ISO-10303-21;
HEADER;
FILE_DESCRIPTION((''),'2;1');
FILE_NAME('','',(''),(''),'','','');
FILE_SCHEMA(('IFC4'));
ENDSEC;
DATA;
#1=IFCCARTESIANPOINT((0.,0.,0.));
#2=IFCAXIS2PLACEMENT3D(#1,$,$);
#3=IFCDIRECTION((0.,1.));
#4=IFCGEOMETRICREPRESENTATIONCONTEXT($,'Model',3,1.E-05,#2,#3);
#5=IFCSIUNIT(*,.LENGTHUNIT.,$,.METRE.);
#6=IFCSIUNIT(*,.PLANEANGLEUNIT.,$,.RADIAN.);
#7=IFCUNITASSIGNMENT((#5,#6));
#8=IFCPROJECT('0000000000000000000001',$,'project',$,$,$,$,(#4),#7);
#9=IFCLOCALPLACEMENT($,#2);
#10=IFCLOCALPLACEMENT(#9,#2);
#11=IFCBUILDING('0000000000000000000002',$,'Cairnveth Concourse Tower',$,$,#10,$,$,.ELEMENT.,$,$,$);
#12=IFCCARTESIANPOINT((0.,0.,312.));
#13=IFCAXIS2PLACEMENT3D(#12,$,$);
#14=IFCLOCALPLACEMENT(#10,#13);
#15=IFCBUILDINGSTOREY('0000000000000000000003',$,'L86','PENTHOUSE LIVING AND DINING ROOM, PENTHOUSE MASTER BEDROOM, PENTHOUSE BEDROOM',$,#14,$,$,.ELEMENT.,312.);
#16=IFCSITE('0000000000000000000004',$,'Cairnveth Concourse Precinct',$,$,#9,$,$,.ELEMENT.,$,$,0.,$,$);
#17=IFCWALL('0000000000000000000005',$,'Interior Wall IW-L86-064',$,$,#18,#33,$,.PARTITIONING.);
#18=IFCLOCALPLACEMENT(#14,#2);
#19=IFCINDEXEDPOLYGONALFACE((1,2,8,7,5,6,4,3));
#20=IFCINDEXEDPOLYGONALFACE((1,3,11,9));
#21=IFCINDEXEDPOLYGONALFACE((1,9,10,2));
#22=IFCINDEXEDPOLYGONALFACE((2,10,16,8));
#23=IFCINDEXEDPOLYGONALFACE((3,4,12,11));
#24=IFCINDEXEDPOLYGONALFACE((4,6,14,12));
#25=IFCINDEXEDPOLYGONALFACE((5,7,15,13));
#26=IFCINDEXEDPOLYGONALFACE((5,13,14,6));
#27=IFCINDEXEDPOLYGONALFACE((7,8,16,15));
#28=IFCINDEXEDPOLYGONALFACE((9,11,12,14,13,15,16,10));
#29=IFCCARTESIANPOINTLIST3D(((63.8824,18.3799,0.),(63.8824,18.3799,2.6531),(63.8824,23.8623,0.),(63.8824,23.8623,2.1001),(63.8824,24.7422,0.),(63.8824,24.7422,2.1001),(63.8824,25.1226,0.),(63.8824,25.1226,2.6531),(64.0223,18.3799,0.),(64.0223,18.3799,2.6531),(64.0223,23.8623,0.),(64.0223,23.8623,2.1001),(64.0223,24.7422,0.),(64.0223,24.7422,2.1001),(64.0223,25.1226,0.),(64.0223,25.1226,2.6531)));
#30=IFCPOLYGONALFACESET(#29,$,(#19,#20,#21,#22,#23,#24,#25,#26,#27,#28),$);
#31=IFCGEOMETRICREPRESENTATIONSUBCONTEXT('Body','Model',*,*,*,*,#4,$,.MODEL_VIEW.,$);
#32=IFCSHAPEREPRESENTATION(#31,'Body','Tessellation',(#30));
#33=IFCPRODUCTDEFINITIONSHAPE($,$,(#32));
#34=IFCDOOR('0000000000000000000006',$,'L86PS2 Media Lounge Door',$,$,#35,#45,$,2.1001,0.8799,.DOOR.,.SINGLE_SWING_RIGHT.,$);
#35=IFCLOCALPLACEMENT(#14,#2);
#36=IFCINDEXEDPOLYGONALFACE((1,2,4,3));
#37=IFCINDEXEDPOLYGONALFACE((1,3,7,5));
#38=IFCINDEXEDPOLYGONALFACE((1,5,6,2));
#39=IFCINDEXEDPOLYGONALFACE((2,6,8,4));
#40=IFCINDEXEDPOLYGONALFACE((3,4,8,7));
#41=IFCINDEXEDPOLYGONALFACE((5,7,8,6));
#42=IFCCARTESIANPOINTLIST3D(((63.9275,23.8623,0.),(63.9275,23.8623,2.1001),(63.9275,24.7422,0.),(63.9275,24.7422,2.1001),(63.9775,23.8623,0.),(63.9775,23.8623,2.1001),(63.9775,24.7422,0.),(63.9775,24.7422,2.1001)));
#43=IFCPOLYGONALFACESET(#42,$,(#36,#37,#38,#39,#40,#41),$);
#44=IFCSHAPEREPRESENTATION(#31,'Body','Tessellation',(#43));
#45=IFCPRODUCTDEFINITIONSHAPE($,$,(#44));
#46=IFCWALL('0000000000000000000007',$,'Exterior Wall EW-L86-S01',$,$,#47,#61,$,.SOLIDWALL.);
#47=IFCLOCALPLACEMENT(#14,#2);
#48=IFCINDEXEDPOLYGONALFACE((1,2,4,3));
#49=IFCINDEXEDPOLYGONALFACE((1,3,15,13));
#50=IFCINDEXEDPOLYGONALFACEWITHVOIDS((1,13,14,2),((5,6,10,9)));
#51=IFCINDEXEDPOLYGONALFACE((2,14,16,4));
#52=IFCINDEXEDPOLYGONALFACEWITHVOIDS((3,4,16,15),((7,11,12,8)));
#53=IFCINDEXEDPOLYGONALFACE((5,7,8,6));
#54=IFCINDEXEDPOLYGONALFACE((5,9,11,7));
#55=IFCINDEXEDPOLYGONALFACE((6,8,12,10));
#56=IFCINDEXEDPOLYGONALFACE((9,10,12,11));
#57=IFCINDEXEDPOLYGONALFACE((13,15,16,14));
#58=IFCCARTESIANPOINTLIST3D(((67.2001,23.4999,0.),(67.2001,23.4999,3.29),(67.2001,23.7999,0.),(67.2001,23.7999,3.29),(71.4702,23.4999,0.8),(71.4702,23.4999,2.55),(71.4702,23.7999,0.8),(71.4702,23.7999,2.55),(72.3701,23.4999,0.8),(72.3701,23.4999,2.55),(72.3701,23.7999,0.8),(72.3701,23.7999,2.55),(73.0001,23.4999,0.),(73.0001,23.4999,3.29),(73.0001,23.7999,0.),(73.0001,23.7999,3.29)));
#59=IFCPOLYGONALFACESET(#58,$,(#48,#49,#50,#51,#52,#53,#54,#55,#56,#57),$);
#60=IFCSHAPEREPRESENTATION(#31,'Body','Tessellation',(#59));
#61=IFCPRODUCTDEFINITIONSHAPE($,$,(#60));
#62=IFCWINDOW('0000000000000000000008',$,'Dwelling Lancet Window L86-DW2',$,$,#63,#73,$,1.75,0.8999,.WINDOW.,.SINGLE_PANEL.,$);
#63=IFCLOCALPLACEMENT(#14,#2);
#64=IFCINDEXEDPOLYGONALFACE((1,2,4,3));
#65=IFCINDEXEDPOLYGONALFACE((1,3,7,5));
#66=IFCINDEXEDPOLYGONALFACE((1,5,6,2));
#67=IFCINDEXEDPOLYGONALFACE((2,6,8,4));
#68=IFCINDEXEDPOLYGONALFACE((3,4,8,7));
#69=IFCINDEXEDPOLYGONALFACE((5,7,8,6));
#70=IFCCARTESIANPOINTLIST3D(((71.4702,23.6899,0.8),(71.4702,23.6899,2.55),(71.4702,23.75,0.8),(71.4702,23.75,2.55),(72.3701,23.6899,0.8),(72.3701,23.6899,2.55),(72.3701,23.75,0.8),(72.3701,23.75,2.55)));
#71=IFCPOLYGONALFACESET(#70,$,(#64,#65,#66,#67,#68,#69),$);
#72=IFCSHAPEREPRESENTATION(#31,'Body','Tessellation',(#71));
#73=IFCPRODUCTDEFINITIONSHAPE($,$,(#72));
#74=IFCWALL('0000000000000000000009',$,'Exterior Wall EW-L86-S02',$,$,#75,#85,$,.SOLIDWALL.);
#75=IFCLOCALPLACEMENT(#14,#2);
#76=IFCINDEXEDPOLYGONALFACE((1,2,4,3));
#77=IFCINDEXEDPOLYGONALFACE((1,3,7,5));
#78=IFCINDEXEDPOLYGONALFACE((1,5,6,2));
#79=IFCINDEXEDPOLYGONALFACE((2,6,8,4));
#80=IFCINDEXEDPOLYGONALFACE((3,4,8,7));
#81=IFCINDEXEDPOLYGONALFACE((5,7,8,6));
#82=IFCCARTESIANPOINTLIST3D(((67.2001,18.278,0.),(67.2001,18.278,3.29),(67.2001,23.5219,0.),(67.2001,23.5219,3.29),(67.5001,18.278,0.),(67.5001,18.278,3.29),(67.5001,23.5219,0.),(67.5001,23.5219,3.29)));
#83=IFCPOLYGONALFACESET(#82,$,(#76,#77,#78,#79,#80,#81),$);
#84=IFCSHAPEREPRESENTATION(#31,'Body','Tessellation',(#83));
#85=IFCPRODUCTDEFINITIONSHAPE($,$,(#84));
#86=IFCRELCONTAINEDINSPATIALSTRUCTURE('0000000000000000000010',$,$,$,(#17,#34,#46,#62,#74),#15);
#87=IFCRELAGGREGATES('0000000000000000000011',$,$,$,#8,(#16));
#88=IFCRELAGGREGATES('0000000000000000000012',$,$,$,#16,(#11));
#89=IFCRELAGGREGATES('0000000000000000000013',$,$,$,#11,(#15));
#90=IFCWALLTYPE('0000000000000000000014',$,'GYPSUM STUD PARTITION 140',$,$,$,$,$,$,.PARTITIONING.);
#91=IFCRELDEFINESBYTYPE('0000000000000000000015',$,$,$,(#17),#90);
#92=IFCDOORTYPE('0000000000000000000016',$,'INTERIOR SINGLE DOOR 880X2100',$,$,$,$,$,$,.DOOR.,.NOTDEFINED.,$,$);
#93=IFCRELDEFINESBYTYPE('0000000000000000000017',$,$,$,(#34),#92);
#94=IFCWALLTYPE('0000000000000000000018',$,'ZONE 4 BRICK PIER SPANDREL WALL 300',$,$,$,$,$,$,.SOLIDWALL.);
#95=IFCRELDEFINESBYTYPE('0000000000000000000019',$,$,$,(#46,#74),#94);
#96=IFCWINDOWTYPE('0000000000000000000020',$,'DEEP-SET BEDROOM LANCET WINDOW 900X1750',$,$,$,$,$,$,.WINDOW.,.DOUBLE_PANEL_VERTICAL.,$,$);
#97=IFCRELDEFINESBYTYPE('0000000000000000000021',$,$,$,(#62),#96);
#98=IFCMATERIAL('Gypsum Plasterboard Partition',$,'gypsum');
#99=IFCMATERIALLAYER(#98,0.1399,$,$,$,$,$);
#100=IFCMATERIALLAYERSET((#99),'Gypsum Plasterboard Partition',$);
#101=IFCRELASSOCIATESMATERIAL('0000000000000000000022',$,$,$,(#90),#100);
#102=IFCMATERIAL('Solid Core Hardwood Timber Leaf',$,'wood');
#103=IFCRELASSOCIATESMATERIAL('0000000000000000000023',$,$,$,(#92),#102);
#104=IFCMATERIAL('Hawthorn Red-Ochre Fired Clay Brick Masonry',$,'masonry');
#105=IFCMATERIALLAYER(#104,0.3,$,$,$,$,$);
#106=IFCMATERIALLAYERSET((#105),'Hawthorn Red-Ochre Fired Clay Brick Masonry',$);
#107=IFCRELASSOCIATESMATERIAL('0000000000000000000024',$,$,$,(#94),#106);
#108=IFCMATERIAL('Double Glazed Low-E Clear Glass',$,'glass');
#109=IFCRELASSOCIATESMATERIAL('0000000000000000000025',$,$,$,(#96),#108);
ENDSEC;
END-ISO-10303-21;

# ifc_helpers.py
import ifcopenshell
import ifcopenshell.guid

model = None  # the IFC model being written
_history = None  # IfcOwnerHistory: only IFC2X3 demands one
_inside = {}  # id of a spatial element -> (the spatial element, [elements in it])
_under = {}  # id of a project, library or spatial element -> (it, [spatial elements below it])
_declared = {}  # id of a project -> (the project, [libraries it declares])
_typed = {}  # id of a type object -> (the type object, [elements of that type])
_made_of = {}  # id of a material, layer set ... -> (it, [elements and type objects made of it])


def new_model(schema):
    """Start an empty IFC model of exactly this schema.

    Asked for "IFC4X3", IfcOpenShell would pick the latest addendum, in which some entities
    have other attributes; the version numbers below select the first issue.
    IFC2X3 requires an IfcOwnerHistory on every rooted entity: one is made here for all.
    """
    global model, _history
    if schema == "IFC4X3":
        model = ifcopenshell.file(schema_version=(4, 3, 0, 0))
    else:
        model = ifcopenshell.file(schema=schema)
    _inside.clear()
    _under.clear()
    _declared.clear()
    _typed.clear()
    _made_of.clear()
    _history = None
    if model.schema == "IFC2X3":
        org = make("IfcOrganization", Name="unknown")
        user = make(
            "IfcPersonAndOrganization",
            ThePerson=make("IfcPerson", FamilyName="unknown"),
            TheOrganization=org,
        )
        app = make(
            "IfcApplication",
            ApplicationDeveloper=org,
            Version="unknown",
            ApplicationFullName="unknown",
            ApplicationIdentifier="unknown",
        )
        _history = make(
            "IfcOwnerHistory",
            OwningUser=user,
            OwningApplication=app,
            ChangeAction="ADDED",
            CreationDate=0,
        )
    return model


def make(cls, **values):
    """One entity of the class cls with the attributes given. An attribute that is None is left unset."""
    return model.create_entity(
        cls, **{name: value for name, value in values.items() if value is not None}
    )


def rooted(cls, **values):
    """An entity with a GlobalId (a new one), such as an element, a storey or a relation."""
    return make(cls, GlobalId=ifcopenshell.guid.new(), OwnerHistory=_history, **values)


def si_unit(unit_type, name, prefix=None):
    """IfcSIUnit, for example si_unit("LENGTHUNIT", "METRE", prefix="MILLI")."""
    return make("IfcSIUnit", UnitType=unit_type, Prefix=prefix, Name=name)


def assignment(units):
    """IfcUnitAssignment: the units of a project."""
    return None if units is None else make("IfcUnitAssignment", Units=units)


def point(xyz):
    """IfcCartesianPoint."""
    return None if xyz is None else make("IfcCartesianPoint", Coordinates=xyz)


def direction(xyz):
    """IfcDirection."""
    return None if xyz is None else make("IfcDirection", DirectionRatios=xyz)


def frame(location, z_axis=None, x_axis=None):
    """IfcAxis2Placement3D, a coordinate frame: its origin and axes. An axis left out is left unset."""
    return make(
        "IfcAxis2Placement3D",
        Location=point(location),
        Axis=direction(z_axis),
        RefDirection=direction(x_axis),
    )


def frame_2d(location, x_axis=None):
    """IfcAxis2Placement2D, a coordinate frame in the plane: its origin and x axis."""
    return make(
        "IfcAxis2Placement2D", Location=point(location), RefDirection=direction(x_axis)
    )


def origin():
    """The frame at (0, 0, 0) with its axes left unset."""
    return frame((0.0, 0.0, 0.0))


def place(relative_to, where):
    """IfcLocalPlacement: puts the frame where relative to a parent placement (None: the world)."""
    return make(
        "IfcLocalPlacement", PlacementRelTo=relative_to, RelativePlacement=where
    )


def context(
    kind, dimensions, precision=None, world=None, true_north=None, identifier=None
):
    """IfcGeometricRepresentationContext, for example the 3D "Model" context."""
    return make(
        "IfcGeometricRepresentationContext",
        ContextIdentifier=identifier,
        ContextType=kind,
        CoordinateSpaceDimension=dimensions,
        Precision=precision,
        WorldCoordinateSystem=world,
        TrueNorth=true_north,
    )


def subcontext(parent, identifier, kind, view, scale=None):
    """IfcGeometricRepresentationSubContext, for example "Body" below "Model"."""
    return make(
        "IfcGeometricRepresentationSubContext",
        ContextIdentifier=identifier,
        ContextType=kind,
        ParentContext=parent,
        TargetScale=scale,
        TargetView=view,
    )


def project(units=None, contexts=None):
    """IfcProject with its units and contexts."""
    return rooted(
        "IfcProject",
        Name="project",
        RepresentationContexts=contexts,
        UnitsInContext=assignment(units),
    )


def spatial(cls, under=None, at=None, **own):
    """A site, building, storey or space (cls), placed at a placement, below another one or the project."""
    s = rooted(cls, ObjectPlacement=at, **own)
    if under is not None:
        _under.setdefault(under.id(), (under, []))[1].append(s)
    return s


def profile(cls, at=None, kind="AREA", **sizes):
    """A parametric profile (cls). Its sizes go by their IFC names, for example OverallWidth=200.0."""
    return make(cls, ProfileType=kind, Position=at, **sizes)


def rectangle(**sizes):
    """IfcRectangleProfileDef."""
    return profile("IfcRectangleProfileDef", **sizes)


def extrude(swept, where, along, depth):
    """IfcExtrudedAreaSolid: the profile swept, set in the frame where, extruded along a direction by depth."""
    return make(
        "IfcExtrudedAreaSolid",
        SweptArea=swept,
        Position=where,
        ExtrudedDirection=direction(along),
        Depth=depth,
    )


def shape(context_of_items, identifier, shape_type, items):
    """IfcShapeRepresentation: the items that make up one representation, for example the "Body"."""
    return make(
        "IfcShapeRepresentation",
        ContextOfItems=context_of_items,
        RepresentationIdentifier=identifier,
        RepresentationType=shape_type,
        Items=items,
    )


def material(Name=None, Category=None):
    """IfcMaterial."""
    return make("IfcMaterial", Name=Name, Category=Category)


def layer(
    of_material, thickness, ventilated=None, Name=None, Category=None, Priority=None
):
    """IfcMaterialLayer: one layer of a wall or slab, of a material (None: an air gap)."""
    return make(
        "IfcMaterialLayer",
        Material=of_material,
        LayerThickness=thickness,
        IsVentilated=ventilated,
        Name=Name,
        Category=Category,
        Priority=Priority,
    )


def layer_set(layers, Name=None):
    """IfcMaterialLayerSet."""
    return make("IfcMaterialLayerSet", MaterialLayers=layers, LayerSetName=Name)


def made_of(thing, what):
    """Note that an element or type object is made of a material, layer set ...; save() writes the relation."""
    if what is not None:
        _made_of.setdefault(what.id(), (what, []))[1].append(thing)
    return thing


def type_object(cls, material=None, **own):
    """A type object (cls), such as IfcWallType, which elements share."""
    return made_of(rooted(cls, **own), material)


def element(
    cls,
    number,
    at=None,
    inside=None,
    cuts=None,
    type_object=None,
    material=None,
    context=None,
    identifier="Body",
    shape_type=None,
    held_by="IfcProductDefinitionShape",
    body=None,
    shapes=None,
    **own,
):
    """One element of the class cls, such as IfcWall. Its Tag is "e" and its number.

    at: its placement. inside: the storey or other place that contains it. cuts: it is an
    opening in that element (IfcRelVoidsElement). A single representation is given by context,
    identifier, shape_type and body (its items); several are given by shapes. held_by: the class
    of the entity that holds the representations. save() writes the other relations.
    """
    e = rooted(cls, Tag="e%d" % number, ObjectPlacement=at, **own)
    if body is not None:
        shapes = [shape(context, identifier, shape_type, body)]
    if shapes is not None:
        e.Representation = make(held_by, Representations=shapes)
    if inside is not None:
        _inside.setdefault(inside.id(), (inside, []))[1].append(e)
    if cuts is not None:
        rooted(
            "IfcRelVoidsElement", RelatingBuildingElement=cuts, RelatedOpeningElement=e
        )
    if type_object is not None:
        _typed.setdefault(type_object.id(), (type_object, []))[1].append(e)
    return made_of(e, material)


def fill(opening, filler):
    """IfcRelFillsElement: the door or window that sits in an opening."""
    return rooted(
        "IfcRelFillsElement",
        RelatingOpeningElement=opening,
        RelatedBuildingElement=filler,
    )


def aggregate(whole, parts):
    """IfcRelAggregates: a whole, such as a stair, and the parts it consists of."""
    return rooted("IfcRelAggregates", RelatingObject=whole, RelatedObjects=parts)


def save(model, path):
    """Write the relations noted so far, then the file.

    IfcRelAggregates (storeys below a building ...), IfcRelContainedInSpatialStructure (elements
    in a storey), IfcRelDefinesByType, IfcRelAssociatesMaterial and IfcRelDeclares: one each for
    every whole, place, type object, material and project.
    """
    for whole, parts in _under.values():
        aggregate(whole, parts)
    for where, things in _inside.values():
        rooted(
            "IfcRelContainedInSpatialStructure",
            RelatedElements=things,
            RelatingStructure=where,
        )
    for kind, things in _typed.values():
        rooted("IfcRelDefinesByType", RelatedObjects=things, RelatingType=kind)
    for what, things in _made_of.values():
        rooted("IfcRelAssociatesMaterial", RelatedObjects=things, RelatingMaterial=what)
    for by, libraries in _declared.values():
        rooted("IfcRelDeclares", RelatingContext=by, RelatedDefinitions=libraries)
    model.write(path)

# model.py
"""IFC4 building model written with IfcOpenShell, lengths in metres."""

from ifc_helpers import new_model, si_unit, direction, frame, frame_2d, origin, place, context, subcontext, project, spatial, rectangle, extrude, material, layer, layer_set, type_object, element, fill, save


model = new_model("IFC4")

# Units and contexts
model_context = context("Model", 3, precision=1e-05, world=origin(), true_north=direction((0.0, 1.0)))
body_context = subcontext(model_context, "Body", "Model", "MODEL_VIEW")
ifc_project = project(units=[si_unit("LENGTHUNIT", "METRE"), si_unit("PLANEANGLEUNIT", "RADIAN")], contexts=[model_context])

# Site, building, storey
site_placement = place(None, origin())
site = spatial("IfcSite", under=ifc_project, at=site_placement, Name="Cairnveth Concourse Precinct", CompositionType="ELEMENT", RefElevation=0.0)
building_placement = place(site_placement, origin())
building = spatial("IfcBuilding", under=site, at=building_placement, Name="Cairnveth Concourse Tower", CompositionType="ELEMENT")
storey_placement = place(building_placement, frame((0.0, 0.0, 312.0)))
storey = spatial("IfcBuildingStorey", under=building, at=storey_placement, Name="L86", Description="PENTHOUSE LIVING AND DINING ROOM, PENTHOUSE MASTER BEDROOM, PENTHOUSE BEDROOM", CompositionType="ELEMENT", Elevation=312.0)

# Wall, opening, door
ifc_material_1 = material(Name="Gypsum Plasterboard Partition", Category="gypsum")
ifc_layer_1 = layer(ifc_material_1, 0.1399)
ifc_layer_set_1 = layer_set([ifc_layer_1], Name="Gypsum Plasterboard Partition")
wall_type_1 = type_object("IfcWallType", Name="GYPSUM STUD PARTITION 140", PredefinedType="PARTITIONING", material=ifc_layer_set_1)
ifc_material_2 = material(Name="Solid Core Hardwood Timber Leaf", Category="wood")
door_type = type_object("IfcDoorType", Name="INTERIOR SINGLE DOOR 880X2100", OperationType="NOTDEFINED", PredefinedType="DOOR", material=ifc_material_2)
wall_1_placement = place(storey_placement, frame((63.9524, 18.3799, 0.0), z_axis=(0.0, 0.0, 1.0), x_axis=(0.0, 1.0, 0.0)))
wall_1 = element("IfcWall", 1, at=wall_1_placement, inside=storey, type_object=wall_type_1, Name="Interior Wall IW-L86-064", PredefinedType="PARTITIONING", context=body_context, shape_type="SweptSolid", body=[
    extrude(rectangle(XDim=6.7427, YDim=0.1399, at=frame_2d((3.3713, 0.0))), origin(), (0.0, 0.0, 1.0), 2.6531),
])
opening_1_placement = place(wall_1_placement, frame((5.4824, 0.0, 0.0)))
opening_1 = element("IfcOpeningElement", 2, at=opening_1_placement, cuts=wall_1, PredefinedType="OPENING", context=body_context, shape_type="SweptSolid", body=[
    extrude(rectangle(XDim=0.8799, YDim=2.1001, at=frame_2d((0.4399, 1.05))), frame((0.0, 0.0798, 0.0), z_axis=(0.0, -1.0, 0.0), x_axis=(1.0, 0.0, 0.0)), (0.0, 0.0, 1.0), 0.1599),
])
door_1_placement = place(opening_1_placement, origin())
door_1 = element("IfcDoor", 3, at=door_1_placement, inside=storey, type_object=door_type, Name="L86PS2 Media Lounge Door", OperationType="SINGLE_SWING_RIGHT", OverallHeight=2.1001, OverallWidth=0.8799, PredefinedType="DOOR", context=body_context, shape_type="SweptSolid", body=[
    extrude(rectangle(XDim=0.8799, YDim=2.1001, at=frame_2d((0.4399, 1.05))), frame((0.0, 0.0249, 0.0), z_axis=(0.0, -1.0, 0.0), x_axis=(1.0, 0.0, 0.0)), (0.0, 0.0, 1.0), 0.05),
])
fill(opening_1, door_1)

# Wall, opening, window
ifc_material_3 = material(Name="Hawthorn Red-Ochre Fired Clay Brick Masonry", Category="masonry")
ifc_layer_2 = layer(ifc_material_3, 0.3)
ifc_layer_set_2 = layer_set([ifc_layer_2], Name="Hawthorn Red-Ochre Fired Clay Brick Masonry")
wall_type_2 = type_object("IfcWallType", Name="ZONE 4 BRICK PIER SPANDREL WALL 300", PredefinedType="SOLIDWALL", material=ifc_layer_set_2)
wall_2_placement = place(storey_placement, frame((73.0, 23.6499, 0.0), z_axis=(0.0, 0.0, 1.0), x_axis=(-1.0, 0.0, 0.0)))
wall_2 = element("IfcWall", 4, at=wall_2_placement, inside=storey, type_object=wall_type_2, Name="Exterior Wall EW-L86-S01", PredefinedType="SOLIDWALL", context=body_context, shape_type="SweptSolid", body=[
    extrude(rectangle(XDim=5.8, YDim=0.3, at=frame_2d((2.8999, 0.0))), origin(), (0.0, 0.0, 1.0), 3.29),
])
opening_2_placement = place(wall_2_placement, frame((0.6299, 0.0, 0.8)))
opening_2 = element("IfcOpeningElement", 5, at=opening_2_placement, cuts=wall_2, PredefinedType="OPENING", context=body_context, shape_type="SweptSolid", body=[
    extrude(rectangle(XDim=0.8999, YDim=1.75, at=frame_2d((0.45, 0.875))), frame((0.0, 0.1599, 0.0), z_axis=(0.0, -1.0, 0.0), x_axis=(1.0, 0.0, 0.0)), (0.0, 0.0, 1.0), 0.3201),
])
ifc_material_4 = material(Name="Double Glazed Low-E Clear Glass", Category="glass")
window_type_1 = type_object("IfcWindowType", Name="DEEP-SET BEDROOM LANCET WINDOW 900X1750", PartitioningType="DOUBLE_PANEL_VERTICAL", PredefinedType="WINDOW", material=ifc_material_4)
window_1_placement = place(opening_2_placement, origin())
window_1 = element("IfcWindow", 6, at=window_1_placement, inside=storey, type_object=window_type_1, Name="Dwelling Lancet Window L86-DW2", OverallHeight=1.75, OverallWidth=0.8999, PartitioningType="SINGLE_PANEL", PredefinedType="WINDOW", context=body_context, shape_type="SweptSolid", body=[
    extrude(rectangle(XDim=0.8999, YDim=1.75, at=frame_2d((0.45, 0.875))), frame((0.0, -0.04, 0.0), z_axis=(0.0, -1.0, 0.0), x_axis=(1.0, 0.0, 0.0)), (0.0, 0.0, 1.0), 0.0601),
])
fill(opening_2, window_1)

# Wall
wall_3_placement = place(storey_placement, frame((67.3501, 23.522, 0.0), z_axis=(0.0, 0.0, 1.0), x_axis=(0.0, -1.0, 0.0)))
element("IfcWall", 7, at=wall_3_placement, inside=storey, type_object=wall_type_2, Name="Exterior Wall EW-L86-S02", PredefinedType="SOLIDWALL", context=body_context, shape_type="SweptSolid", body=[
    extrude(rectangle(XDim=5.2439, YDim=0.3, at=frame_2d((2.6221, 0.0))), origin(), (0.0, 0.0, 1.0), 3.29),
])

save(model, "model.ifc")
